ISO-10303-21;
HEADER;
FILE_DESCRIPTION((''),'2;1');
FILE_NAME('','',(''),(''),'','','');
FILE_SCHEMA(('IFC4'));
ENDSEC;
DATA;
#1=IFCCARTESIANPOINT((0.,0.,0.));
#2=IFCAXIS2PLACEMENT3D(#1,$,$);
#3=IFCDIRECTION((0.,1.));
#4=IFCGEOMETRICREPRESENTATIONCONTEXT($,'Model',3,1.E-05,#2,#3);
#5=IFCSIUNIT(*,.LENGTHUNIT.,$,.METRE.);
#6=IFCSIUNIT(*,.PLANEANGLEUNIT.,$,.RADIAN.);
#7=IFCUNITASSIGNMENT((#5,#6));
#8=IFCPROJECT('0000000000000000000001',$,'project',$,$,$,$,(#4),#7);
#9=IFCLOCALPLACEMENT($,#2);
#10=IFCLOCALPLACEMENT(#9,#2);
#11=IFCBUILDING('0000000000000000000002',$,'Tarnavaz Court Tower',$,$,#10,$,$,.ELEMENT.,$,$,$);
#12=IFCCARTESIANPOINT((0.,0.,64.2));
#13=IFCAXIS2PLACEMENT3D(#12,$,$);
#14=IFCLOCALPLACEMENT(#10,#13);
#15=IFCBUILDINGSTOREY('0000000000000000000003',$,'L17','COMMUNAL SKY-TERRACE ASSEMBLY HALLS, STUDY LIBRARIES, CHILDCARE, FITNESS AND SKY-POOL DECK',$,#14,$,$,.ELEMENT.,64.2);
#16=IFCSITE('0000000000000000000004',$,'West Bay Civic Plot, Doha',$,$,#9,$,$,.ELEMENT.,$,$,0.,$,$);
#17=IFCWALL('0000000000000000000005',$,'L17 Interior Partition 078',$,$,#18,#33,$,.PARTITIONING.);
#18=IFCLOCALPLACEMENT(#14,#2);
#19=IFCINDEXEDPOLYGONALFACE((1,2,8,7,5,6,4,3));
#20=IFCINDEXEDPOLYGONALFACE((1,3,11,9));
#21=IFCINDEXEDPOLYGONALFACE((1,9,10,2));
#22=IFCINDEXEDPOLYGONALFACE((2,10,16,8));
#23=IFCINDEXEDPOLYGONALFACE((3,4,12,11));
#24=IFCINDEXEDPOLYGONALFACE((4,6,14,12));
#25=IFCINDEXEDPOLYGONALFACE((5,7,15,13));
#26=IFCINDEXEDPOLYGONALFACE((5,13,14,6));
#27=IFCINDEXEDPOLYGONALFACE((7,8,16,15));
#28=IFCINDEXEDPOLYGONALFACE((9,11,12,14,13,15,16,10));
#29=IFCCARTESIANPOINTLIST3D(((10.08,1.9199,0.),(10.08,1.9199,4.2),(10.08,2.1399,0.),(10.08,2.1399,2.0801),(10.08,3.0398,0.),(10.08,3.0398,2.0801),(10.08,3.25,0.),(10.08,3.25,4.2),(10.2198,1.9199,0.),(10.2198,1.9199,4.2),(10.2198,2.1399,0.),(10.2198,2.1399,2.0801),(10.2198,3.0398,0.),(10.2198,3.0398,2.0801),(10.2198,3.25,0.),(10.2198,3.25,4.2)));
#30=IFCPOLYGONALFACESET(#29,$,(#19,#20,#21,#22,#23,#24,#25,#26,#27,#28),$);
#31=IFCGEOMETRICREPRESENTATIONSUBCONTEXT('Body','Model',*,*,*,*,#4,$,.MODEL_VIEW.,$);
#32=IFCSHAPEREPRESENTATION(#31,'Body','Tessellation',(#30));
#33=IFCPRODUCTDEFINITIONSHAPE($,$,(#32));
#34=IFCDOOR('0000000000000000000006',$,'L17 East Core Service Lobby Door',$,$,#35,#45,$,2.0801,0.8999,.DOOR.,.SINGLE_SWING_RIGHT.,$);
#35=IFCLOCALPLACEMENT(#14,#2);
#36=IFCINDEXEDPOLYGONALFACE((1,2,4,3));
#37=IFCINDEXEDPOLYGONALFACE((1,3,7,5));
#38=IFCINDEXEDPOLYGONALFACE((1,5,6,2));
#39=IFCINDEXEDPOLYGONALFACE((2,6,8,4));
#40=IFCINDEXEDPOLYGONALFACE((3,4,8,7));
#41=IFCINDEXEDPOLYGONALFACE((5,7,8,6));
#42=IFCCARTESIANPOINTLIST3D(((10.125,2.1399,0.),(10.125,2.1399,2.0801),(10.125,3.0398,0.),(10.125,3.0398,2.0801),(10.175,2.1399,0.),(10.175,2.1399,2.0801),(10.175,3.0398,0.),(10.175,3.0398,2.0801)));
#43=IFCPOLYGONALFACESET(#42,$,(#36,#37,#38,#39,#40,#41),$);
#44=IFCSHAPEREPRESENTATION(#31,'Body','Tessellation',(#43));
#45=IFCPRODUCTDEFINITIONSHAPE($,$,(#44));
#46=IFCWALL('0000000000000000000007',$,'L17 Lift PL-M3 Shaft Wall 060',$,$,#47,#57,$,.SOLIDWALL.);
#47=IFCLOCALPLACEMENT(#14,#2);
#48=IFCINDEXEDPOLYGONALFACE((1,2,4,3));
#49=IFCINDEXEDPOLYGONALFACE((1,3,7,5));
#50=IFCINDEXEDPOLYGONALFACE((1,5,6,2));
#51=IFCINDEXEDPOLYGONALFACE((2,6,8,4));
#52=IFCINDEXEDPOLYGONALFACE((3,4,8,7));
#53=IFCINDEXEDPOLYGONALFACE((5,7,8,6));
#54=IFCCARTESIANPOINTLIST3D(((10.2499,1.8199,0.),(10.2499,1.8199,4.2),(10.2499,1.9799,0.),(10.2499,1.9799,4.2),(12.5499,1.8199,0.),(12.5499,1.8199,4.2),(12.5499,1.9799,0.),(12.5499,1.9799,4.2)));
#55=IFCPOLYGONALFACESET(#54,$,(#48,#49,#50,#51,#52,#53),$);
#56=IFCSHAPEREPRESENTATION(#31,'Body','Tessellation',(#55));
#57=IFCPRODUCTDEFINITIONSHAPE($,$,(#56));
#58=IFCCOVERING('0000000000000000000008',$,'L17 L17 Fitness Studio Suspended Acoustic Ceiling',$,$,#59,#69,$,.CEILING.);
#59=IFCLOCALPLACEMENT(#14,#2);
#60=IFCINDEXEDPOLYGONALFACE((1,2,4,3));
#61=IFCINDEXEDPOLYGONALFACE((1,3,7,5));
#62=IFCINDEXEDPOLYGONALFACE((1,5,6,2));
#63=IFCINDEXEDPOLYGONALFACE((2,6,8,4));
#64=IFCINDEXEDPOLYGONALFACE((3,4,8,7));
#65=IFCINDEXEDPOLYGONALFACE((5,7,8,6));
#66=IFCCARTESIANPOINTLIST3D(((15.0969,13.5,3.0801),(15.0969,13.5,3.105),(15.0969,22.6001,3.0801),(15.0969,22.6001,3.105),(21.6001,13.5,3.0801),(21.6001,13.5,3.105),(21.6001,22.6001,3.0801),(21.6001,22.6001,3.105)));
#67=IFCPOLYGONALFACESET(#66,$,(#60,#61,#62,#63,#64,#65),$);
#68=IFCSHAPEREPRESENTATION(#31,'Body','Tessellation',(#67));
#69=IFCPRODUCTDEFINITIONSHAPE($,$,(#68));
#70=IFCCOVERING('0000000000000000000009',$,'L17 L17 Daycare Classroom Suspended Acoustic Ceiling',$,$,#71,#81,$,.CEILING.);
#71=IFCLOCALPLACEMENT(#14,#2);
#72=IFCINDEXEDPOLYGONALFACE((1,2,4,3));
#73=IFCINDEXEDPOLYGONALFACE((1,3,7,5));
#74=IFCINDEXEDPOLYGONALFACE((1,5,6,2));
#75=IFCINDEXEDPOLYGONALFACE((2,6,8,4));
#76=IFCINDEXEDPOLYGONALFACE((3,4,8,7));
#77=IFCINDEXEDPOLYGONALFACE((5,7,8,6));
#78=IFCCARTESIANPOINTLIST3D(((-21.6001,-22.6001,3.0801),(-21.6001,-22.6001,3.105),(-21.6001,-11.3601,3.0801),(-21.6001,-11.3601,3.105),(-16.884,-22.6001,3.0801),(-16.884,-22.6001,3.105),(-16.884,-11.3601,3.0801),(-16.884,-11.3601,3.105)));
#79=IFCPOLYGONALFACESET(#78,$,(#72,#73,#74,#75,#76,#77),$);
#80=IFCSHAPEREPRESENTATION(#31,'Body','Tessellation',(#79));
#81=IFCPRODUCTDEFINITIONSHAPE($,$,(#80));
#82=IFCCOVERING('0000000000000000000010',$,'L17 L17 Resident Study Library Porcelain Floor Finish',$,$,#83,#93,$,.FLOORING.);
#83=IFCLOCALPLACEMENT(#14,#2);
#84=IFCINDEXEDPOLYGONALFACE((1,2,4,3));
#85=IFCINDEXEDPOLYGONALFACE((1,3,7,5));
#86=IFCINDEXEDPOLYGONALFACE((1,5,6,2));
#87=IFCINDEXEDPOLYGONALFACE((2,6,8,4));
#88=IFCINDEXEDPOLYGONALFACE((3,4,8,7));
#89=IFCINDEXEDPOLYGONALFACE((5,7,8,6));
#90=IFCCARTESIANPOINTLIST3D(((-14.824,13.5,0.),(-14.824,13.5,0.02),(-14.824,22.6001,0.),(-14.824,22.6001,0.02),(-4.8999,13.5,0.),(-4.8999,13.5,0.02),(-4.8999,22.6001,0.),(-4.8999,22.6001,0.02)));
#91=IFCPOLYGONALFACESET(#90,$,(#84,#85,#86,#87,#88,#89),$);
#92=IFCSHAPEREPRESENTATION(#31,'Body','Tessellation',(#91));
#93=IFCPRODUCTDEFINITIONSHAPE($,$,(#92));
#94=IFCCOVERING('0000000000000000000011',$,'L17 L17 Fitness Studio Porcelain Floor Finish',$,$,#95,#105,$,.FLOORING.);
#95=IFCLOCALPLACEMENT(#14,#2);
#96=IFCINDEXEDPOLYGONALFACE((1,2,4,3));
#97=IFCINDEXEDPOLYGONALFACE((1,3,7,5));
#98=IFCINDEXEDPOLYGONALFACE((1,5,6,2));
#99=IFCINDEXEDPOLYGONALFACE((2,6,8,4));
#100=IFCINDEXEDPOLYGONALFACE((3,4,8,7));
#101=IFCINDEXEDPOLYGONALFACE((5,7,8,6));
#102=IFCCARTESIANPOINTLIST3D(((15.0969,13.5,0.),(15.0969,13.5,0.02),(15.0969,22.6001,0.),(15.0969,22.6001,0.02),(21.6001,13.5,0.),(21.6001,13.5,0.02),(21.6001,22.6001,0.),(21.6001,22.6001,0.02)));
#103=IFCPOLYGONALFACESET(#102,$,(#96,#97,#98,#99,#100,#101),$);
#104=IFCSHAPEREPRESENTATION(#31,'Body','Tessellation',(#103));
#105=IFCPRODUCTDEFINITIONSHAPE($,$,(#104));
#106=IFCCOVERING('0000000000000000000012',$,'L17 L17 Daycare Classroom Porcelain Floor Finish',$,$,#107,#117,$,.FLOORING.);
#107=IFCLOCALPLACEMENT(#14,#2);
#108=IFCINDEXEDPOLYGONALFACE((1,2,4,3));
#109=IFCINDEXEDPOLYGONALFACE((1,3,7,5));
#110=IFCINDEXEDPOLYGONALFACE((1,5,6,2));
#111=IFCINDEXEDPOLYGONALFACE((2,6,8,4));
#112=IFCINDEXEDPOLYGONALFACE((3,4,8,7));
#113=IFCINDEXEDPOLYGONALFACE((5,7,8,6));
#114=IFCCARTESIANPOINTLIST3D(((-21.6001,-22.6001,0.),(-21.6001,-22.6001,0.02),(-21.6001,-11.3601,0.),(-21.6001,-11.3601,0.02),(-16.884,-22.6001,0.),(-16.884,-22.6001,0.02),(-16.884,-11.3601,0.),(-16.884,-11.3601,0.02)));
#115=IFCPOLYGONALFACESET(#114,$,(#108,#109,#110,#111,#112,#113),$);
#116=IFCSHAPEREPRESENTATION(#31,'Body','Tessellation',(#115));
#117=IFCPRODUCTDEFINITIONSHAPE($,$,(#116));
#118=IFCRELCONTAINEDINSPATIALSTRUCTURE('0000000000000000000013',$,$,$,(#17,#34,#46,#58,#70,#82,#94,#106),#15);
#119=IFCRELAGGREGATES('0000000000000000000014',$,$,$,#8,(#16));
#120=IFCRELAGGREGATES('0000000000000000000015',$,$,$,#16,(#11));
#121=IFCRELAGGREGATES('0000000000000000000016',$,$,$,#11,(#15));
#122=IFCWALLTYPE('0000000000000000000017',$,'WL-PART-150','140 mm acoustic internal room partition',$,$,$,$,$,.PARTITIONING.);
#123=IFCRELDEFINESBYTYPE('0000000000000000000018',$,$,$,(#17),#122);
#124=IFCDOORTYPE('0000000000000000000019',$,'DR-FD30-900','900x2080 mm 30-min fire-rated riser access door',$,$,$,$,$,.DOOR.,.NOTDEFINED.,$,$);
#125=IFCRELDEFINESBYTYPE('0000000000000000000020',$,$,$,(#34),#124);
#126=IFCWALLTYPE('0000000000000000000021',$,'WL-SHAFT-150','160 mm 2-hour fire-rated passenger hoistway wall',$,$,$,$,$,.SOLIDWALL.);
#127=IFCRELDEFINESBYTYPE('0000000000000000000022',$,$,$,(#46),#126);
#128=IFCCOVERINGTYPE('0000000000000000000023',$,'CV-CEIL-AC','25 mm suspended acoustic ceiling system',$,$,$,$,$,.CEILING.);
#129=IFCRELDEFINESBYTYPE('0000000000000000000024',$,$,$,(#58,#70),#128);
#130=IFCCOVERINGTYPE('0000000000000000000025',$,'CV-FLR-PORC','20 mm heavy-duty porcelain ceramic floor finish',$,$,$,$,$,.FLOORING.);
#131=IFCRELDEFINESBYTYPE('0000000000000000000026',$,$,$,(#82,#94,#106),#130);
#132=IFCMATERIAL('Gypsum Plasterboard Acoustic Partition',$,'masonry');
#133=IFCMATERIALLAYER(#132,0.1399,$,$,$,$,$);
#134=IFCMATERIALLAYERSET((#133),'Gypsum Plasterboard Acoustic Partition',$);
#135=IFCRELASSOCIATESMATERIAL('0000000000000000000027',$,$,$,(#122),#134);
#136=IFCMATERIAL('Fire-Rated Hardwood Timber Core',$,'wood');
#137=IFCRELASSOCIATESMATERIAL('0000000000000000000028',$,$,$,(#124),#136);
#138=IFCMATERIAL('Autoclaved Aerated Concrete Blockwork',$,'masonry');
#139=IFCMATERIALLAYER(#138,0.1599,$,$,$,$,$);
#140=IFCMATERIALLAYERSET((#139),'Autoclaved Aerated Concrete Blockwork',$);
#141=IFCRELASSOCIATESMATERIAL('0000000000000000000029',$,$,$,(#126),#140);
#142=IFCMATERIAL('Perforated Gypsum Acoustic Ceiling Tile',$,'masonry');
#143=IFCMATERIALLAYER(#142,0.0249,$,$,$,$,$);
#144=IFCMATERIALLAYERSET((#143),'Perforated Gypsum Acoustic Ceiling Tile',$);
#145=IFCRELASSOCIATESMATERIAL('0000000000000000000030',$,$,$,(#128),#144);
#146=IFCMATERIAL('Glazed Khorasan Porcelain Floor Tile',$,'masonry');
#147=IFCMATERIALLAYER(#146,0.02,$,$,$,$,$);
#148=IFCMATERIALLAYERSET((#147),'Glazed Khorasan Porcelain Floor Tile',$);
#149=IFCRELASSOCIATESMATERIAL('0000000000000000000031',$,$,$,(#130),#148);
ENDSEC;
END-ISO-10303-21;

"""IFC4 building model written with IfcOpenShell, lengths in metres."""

from ifc_helpers import new_model, si_unit, direction, frame, frame_2d, origin, place, context, subcontext, project, spatial, polyline, rectangle, outline, extrude, material, layer, layer_set, type_object, element, fill, save


model = new_model("IFC4")

# Units and contexts
model_context = context("Model", 3, precision=1e-05, world=origin(), true_north=direction((0.0, 1.0)))
body_context = subcontext(model_context, "Body", "Model", "MODEL_VIEW")
ifc_project = project(units=[si_unit("LENGTHUNIT", "METRE"), si_unit("PLANEANGLEUNIT", "RADIAN")], contexts=[model_context])

# Site, building, storey
site_placement = place(None, origin())
site = spatial("IfcSite", under=ifc_project, at=site_placement, Name="West Bay Civic Plot, Doha", CompositionType="ELEMENT", RefElevation=0.0)
building_placement = place(site_placement, origin())
building = spatial("IfcBuilding", under=site, at=building_placement, Name="Tarnavaz Court Tower", CompositionType="ELEMENT")
storey_placement = place(building_placement, frame((0.0, 0.0, 64.2)))
storey = spatial("IfcBuildingStorey", under=building, at=storey_placement, Name="L17", Description="COMMUNAL SKY-TERRACE ASSEMBLY HALLS, STUDY LIBRARIES, CHILDCARE, FITNESS AND SKY-POOL DECK", CompositionType="ELEMENT", Elevation=64.2)

# Shared definitions
ifc_material_1 = material(Name="Fire-Rated Hardwood Timber Core", Category="wood")

# Shared definitions
ifc_material_2 = material(Name="Autoclaved Aerated Concrete Blockwork", Category="masonry")

# Wall, opening, door
ifc_material_3 = material(Name="Gypsum Plasterboard Acoustic Partition", Category="masonry")
ifc_layer_1 = layer(ifc_material_3, 0.1399)
ifc_layer_set_1 = layer_set([ifc_layer_1], Name="Gypsum Plasterboard Acoustic Partition")
wall_type_1 = type_object("IfcWallType", Name="WL-PART-150", Description="140 mm acoustic internal room partition", PredefinedType="PARTITIONING", material=ifc_layer_set_1)
wall_1_placement = place(storey_placement, frame((10.1499, 1.9199, 0.0), z_axis=(0.0, 0.0, 1.0), x_axis=(0.0, 1.0, 0.0)))
wall_1 = element("IfcWall", 1, at=wall_1_placement, inside=storey, type_object=wall_type_1, Name="L17 Interior Partition 078", PredefinedType="PARTITIONING", context=body_context, shape_type="SweptSolid", body=[
    extrude(rectangle(XDim=1.3301, YDim=0.1399, at=frame_2d((0.665, 0.0))), origin(), (0.0, 0.0, 1.0), 4.2),
])
opening_1_placement = place(wall_1_placement, frame((0.22, 0.0, 0.0)))
opening_1 = element("IfcOpeningElement", 2, at=opening_1_placement, cuts=wall_1, PredefinedType="OPENING", context=body_context, shape_type="SweptSolid", body=[
    extrude(rectangle(XDim=0.8999, YDim=2.0801, at=frame_2d((0.45, 1.04))), frame((0.0, 0.0798, 0.0), z_axis=(0.0, -1.0, 0.0), x_axis=(1.0, 0.0, 0.0)), (0.0, 0.0, 1.0), 0.1599),
])
door_type_1 = type_object("IfcDoorType", Name="DR-FD30-900", Description="900x2080 mm 30-min fire-rated riser access door", OperationType="NOTDEFINED", PredefinedType="DOOR", material=ifc_material_1)
door_1_placement = place(opening_1_placement, origin())
door_1 = element("IfcDoor", 3, at=door_1_placement, inside=storey, type_object=door_type_1, Name="L17 East Core Service Lobby Door", OperationType="SINGLE_SWING_RIGHT", OverallHeight=2.0801, OverallWidth=0.8999, PredefinedType="DOOR", context=body_context, shape_type="SweptSolid", body=[
    extrude(rectangle(XDim=0.8999, YDim=2.0801, at=frame_2d((0.45, 1.04))), frame((0.0, 0.0249, 0.0), z_axis=(0.0, -1.0, 0.0), x_axis=(1.0, 0.0, 0.0)), (0.0, 0.0, 1.0), 0.05),
])
fill(opening_1, door_1)

# Wall
ifc_layer_2 = layer(ifc_material_2, 0.1599)
ifc_layer_set_2 = layer_set([ifc_layer_2], Name="Autoclaved Aerated Concrete Blockwork")
wall_type_2 = type_object("IfcWallType", Name="WL-SHAFT-150", Description="160 mm 2-hour fire-rated passenger hoistway wall", PredefinedType="SOLIDWALL", material=ifc_layer_set_2)
wall_2_placement = place(storey_placement, frame((10.25, 1.8999, 0.0), z_axis=(0.0, 0.0, 1.0), x_axis=(1.0, 0.0, 0.0)))
element("IfcWall", 4, at=wall_2_placement, inside=storey, type_object=wall_type_2, Name="L17 Lift PL-M3 Shaft Wall 060", PredefinedType="SOLIDWALL", context=body_context, shape_type="SweptSolid", body=[
    extrude(rectangle(XDim=2.3, YDim=0.1599, at=frame_2d((1.1499, 0.0))), origin(), (0.0, 0.0, 1.0), 4.2),
])

# Coverings
ifc_material_4 = material(Name="Perforated Gypsum Acoustic Ceiling Tile", Category="masonry")
ifc_layer_3 = layer(ifc_material_4, 0.0249)
ifc_layer_set_3 = layer_set([ifc_layer_3], Name="Perforated Gypsum Acoustic Ceiling Tile")
covering_type_1 = type_object("IfcCoveringType", Name="CV-CEIL-AC", Description="25 mm suspended acoustic ceiling system", PredefinedType="CEILING", material=ifc_layer_set_3)
covering_1_placement = place(storey_placement, frame((0.0, 0.0, 3.0801)))
element("IfcCovering", 5, at=covering_1_placement, inside=storey, type_object=covering_type_1, Name="L17 L17 Fitness Studio Suspended Acoustic Ceiling", PredefinedType="CEILING", context=body_context, shape_type="SweptSolid", body=[
    extrude(outline(polyline([(15.0969, 13.5), (21.6001, 13.5), (21.6001, 22.6001), (15.0969, 22.6001), (15.0969, 13.5)])), origin(), (0.0, 0.0, 1.0), 0.0249),
])
covering_2_placement = place(storey_placement, frame((0.0, 0.0, 3.0801)))
element("IfcCovering", 6, at=covering_2_placement, inside=storey, type_object=covering_type_1, Name="L17 L17 Daycare Classroom Suspended Acoustic Ceiling", PredefinedType="CEILING", context=body_context, shape_type="SweptSolid", body=[
    extrude(outline(polyline([(-21.6001, -22.6001), (-16.884, -22.6001), (-16.884, -11.3601), (-21.6001, -11.3601), (-21.6001, -22.6001)])), origin(), (0.0, 0.0, 1.0), 0.0249),
])
ifc_material_5 = material(Name="Glazed Khorasan Porcelain Floor Tile", Category="masonry")
ifc_layer_4 = layer(ifc_material_5, 0.02)
ifc_layer_set_4 = layer_set([ifc_layer_4], Name="Glazed Khorasan Porcelain Floor Tile")
covering_type_2 = type_object("IfcCoveringType", Name="CV-FLR-PORC", Description="20 mm heavy-duty porcelain ceramic floor finish", PredefinedType="FLOORING", material=ifc_layer_set_4)
covering_3_placement = place(storey_placement, origin())
element("IfcCovering", 7, at=covering_3_placement, inside=storey, type_object=covering_type_2, Name="L17 L17 Resident Study Library Porcelain Floor Finish", PredefinedType="FLOORING", context=body_context, shape_type="SweptSolid", body=[
    extrude(outline(polyline([(-14.824, 13.5), (-4.8999, 13.5), (-4.8999, 22.6001), (-14.824, 22.6001), (-14.824, 13.5)])), origin(), (0.0, 0.0, 1.0), 0.02),
])
covering_4_placement = place(storey_placement, origin())
element("IfcCovering", 8, at=covering_4_placement, inside=storey, type_object=covering_type_2, Name="L17 L17 Fitness Studio Porcelain Floor Finish", PredefinedType="FLOORING", context=body_context, shape_type="SweptSolid", body=[
    extrude(outline(polyline([(15.0969, 13.5), (21.6001, 13.5), (21.6001, 22.6001), (15.0969, 22.6001), (15.0969, 13.5)])), origin(), (0.0, 0.0, 1.0), 0.02),
])
covering_5_placement = place(storey_placement, origin())
element("IfcCovering", 9, at=covering_5_placement, inside=storey, type_object=covering_type_2, Name="L17 L17 Daycare Classroom Porcelain Floor Finish", PredefinedType="FLOORING", context=body_context, shape_type="SweptSolid", body=[
    extrude(outline(polyline([(-21.6001, -22.6001), (-16.884, -22.6001), (-16.884, -11.3601), (-21.6001, -11.3601), (-21.6001, -22.6001)])), origin(), (0.0, 0.0, 1.0), 0.02),
])

save(model, "model.ifc")
